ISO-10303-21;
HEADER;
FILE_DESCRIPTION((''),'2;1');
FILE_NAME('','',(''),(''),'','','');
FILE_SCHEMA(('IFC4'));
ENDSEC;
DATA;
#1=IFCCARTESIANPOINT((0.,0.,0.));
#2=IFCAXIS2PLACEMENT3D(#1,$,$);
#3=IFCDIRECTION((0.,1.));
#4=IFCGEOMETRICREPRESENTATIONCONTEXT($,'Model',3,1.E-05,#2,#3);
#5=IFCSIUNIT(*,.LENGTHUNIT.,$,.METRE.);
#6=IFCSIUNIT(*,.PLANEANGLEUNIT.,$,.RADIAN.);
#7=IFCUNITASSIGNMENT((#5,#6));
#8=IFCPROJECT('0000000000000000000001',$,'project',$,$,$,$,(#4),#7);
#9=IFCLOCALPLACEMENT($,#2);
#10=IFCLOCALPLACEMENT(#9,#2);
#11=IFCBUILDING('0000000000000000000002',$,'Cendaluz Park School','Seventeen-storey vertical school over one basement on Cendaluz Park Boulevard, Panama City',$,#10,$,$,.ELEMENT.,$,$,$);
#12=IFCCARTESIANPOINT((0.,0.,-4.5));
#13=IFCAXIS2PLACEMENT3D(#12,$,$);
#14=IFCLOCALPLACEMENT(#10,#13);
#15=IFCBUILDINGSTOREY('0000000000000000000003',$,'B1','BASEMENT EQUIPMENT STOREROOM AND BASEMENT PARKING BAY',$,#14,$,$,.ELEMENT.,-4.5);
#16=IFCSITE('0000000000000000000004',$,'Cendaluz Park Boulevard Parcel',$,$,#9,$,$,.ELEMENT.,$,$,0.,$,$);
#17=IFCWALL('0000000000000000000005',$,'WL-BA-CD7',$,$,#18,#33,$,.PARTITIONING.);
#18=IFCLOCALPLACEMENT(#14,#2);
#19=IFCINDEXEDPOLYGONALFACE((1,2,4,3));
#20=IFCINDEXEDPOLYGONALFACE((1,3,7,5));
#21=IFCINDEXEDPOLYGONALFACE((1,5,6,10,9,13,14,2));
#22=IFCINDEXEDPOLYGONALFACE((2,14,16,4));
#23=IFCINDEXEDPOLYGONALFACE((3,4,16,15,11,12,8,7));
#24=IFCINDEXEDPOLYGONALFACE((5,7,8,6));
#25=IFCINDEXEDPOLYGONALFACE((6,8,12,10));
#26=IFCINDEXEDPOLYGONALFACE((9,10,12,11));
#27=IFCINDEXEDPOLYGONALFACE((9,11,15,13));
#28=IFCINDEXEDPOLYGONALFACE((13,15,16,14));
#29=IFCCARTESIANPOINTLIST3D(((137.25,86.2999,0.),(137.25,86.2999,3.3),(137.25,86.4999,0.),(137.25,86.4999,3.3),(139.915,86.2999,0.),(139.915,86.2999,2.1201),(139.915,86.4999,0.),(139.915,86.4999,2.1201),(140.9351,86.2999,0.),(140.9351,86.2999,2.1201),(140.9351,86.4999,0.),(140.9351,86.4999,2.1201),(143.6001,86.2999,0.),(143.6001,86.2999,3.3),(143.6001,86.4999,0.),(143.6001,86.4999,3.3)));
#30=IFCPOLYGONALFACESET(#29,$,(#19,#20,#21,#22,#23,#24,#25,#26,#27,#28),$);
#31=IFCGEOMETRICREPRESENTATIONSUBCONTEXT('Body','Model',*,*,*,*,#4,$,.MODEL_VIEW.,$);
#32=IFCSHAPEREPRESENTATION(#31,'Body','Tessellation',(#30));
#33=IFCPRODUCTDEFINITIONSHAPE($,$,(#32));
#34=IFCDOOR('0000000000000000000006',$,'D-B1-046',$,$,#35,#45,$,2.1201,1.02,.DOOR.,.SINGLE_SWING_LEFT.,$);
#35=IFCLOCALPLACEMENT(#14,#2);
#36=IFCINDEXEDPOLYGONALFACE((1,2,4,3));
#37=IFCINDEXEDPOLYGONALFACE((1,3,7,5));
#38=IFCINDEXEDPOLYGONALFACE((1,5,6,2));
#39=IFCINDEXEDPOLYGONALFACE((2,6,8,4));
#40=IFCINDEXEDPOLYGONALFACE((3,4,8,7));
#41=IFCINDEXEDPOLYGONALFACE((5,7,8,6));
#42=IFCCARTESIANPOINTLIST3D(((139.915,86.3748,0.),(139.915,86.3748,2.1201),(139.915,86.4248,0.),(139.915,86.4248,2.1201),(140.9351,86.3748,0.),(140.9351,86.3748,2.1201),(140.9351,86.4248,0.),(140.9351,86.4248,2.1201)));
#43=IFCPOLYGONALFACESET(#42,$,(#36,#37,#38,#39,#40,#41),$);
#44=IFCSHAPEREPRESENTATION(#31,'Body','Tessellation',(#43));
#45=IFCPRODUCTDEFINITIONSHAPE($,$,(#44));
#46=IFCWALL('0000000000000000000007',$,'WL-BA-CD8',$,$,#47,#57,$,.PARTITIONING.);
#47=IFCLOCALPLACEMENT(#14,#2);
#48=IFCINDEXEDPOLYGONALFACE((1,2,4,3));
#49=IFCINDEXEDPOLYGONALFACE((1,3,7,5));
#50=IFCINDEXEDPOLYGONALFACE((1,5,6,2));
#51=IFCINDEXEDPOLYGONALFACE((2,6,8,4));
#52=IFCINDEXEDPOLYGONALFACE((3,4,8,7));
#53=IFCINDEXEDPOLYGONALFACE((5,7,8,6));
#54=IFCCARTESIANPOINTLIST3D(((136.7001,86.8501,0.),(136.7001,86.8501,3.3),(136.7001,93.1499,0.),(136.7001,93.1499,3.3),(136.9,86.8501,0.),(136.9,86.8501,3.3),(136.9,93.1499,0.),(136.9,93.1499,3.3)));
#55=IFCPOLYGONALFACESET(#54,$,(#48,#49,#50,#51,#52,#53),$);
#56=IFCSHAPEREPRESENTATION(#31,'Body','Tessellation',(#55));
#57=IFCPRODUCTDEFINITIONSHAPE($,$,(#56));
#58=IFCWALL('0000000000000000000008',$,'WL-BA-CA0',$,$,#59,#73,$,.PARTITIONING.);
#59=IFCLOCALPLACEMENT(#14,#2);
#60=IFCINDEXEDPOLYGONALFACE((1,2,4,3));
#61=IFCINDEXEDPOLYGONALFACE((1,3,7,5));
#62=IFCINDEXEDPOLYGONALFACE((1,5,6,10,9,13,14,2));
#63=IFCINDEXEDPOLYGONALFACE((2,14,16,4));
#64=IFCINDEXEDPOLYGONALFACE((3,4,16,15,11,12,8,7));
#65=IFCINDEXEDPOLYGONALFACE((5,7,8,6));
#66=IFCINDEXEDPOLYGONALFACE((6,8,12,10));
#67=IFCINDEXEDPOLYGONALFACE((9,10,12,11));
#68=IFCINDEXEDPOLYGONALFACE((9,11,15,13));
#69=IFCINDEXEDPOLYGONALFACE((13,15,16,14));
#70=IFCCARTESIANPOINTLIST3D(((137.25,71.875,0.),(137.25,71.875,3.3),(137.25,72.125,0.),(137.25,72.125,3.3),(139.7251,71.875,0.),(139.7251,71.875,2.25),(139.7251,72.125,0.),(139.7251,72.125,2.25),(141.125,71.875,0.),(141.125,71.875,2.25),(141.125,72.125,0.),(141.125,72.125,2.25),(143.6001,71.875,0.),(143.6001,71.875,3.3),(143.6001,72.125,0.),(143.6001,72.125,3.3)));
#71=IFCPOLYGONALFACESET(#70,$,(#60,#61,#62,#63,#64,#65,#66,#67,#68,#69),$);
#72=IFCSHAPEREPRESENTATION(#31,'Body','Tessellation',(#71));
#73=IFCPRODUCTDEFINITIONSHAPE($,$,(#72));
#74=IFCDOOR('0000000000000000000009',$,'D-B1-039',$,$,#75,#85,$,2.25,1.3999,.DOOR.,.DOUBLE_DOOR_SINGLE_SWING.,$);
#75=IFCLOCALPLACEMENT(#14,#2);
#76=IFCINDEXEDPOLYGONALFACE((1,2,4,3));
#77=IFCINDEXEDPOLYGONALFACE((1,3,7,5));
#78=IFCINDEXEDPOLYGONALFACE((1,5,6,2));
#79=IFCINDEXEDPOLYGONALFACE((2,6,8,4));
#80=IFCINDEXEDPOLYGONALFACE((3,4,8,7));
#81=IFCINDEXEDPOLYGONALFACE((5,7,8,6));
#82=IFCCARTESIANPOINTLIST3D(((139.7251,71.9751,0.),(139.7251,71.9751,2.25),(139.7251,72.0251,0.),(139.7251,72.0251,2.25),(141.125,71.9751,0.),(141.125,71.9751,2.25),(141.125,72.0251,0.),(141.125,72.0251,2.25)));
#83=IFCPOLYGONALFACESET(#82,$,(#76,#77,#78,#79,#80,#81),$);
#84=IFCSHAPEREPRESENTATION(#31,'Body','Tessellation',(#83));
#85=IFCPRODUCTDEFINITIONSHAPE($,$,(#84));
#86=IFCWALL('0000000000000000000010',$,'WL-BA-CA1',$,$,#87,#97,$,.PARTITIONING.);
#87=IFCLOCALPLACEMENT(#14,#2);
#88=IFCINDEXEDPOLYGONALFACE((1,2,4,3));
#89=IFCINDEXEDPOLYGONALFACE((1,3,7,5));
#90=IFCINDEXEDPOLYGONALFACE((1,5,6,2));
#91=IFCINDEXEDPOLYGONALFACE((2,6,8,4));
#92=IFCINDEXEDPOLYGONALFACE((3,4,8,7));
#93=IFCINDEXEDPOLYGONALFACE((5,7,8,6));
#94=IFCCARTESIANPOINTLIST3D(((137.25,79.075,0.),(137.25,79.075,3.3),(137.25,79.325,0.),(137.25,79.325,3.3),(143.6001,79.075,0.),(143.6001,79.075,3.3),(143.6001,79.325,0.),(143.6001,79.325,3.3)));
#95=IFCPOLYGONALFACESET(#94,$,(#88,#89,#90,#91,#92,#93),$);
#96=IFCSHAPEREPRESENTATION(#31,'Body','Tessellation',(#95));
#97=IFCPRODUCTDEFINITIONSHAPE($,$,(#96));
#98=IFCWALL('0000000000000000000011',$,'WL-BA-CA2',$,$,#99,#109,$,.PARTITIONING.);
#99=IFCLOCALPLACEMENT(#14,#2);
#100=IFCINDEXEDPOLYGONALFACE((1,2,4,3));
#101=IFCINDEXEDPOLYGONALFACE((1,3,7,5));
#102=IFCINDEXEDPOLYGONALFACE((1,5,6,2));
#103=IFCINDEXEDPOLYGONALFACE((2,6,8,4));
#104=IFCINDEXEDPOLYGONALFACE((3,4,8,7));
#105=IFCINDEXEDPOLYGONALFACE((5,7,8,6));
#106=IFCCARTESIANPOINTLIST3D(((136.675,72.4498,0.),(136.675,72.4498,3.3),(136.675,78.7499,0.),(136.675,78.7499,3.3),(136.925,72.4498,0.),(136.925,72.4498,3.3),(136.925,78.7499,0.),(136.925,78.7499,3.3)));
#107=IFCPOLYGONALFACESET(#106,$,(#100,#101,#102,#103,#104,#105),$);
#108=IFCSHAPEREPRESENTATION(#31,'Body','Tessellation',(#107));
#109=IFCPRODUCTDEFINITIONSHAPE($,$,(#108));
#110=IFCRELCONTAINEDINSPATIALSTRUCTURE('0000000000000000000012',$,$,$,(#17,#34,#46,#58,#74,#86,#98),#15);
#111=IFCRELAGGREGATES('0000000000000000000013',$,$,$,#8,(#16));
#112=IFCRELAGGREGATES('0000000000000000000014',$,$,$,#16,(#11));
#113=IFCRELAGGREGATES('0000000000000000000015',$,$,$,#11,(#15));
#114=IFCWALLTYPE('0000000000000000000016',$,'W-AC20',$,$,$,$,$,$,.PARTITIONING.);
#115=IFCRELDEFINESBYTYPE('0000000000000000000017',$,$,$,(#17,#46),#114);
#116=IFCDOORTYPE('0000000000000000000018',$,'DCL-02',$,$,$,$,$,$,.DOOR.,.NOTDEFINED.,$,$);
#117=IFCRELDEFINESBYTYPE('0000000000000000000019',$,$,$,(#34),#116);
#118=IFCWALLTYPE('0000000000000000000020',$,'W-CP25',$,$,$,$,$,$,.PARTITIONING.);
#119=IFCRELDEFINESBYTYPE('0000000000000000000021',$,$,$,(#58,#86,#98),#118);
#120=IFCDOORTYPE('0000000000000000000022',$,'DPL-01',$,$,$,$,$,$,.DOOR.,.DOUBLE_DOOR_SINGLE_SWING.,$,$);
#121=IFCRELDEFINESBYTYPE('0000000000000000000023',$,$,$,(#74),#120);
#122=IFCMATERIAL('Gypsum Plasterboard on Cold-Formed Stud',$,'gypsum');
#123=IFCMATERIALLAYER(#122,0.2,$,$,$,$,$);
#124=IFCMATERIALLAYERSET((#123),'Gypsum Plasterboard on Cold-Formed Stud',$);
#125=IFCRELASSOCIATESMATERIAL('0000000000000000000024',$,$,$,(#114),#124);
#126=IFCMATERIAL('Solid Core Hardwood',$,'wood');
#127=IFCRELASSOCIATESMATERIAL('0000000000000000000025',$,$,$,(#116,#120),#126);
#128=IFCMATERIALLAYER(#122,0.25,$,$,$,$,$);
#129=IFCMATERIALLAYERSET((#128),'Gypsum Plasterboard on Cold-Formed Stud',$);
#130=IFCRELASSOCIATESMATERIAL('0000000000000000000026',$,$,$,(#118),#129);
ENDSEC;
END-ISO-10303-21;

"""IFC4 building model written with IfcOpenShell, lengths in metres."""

from ifc_helpers import new_model, si_unit, direction, frame, frame_2d, origin, place, context, subcontext, project, spatial, rectangle, extrude, material, layer, layer_set, type_object, element, fill, save


model = new_model("IFC4")

# Units and contexts
model_context = context("Model", 3, precision=1e-05, world=origin(), true_north=direction((0.0, 1.0)))
body_context = subcontext(model_context, "Body", "Model", "MODEL_VIEW")
ifc_project = project(units=[si_unit("LENGTHUNIT", "METRE"), si_unit("PLANEANGLEUNIT", "RADIAN")], contexts=[model_context])

# Site, building, storey
site_placement = place(None, origin())
site = spatial("IfcSite", under=ifc_project, at=site_placement, Name="Cendaluz Park Boulevard Parcel", CompositionType="ELEMENT", RefElevation=0.0)
building_placement = place(site_placement, origin())
building = spatial("IfcBuilding", under=site, at=building_placement, Name="Cendaluz Park School", Description="Seventeen-storey vertical school over one basement on Cendaluz Park Boulevard, Panama City", CompositionType="ELEMENT")
storey_placement = place(building_placement, frame((0.0, 0.0, -4.5)))
storey = spatial("IfcBuildingStorey", under=building, at=storey_placement, Name="B1", Description="BASEMENT EQUIPMENT STOREROOM AND BASEMENT PARKING BAY", CompositionType="ELEMENT", Elevation=-4.5)

# Wall, opening, door
ifc_material_1 = material(Name="Gypsum Plasterboard on Cold-Formed Stud", Category="gypsum")
ifc_layer_1 = layer(ifc_material_1, 0.2)
ifc_layer_set_1 = layer_set([ifc_layer_1], Name="Gypsum Plasterboard on Cold-Formed Stud")
wall_type_1 = type_object("IfcWallType", Name="W-AC20", PredefinedType="PARTITIONING", material=ifc_layer_set_1)
wall_1_placement = place(storey_placement, frame((137.25, 86.3999, 0.0), z_axis=(0.0, 0.0, 1.0), x_axis=(1.0, 0.0, 0.0)))
wall_1 = element("IfcWall", 1, at=wall_1_placement, inside=storey, type_object=wall_type_1, Name="WL-BA-CD7", PredefinedType="PARTITIONING", context=body_context, shape_type="SweptSolid", body=[
    extrude(rectangle(XDim=6.3501, YDim=0.2, at=frame_2d((3.175, 0.0))), origin(), (0.0, 0.0, 1.0), 3.3),
])
opening_1_placement = place(wall_1_placement, frame((2.665, 0.0, 0.0)))
opening_1 = element("IfcOpeningElement", 2, at=opening_1_placement, cuts=wall_1, PredefinedType="OPENING", context=body_context, shape_type="SweptSolid", body=[
    extrude(rectangle(XDim=1.02, YDim=2.1201, at=frame_2d((0.51, 1.0601))), frame((0.0, 0.1121, 0.0), z_axis=(0.0, -1.0, 0.0), x_axis=(1.0, 0.0, 0.0)), (0.0, 0.0, 1.0), 0.2239),
])
ifc_material_2 = material(Name="Solid Core Hardwood", Category="wood")
door_type_1 = type_object("IfcDoorType", Name="DCL-02", OperationType="NOTDEFINED", PredefinedType="DOOR", material=ifc_material_2)
door_1_placement = place(opening_1_placement, origin())
door_1 = element("IfcDoor", 3, at=door_1_placement, inside=storey, type_object=door_type_1, Name="D-B1-046", OperationType="SINGLE_SWING_LEFT", OverallHeight=2.1201, OverallWidth=1.02, PredefinedType="DOOR", context=body_context, shape_type="SweptSolid", body=[
    extrude(rectangle(XDim=1.02, YDim=2.1201, at=frame_2d((0.51, 1.0601))), frame((0.0, 0.0249, 0.0), z_axis=(0.0, -1.0, 0.0), x_axis=(1.0, 0.0, 0.0)), (0.0, 0.0, 1.0), 0.05),
])
fill(opening_1, door_1)

# Wall
wall_2_placement = place(storey_placement, frame((136.8, 86.8501, 0.0), z_axis=(0.0, 0.0, 1.0), x_axis=(0.0, 1.0, 0.0)))
element("IfcWall", 4, at=wall_2_placement, inside=storey, type_object=wall_type_1, Name="WL-BA-CD8", PredefinedType="PARTITIONING", context=body_context, shape_type="SweptSolid", body=[
    extrude(rectangle(XDim=6.2998, YDim=0.2, at=frame_2d((3.1499, 0.0))), origin(), (0.0, 0.0, 1.0), 3.3),
])

# Wall, opening, door
ifc_layer_2 = layer(ifc_material_1, 0.25)
ifc_layer_set_2 = layer_set([ifc_layer_2], Name="Gypsum Plasterboard on Cold-Formed Stud")
wall_type_2 = type_object("IfcWallType", Name="W-CP25", PredefinedType="PARTITIONING", material=ifc_layer_set_2)
wall_3_placement = place(storey_placement, frame((137.25, 72.0, 0.0), z_axis=(0.0, 0.0, 1.0), x_axis=(1.0, 0.0, 0.0)))
wall_3 = element("IfcWall", 5, at=wall_3_placement, inside=storey, type_object=wall_type_2, Name="WL-BA-CA0", PredefinedType="PARTITIONING", context=body_context, shape_type="SweptSolid", body=[
    extrude(rectangle(XDim=6.3501, YDim=0.25, at=frame_2d((3.175, 0.0))), origin(), (0.0, 0.0, 1.0), 3.3),
])
opening_2_placement = place(wall_3_placement, frame((2.4751, 0.0, 0.0)))
opening_2 = element("IfcOpeningElement", 6, at=opening_2_placement, cuts=wall_3, PredefinedType="OPENING", context=body_context, shape_type="SweptSolid", body=[
    extrude(rectangle(XDim=1.3999, YDim=2.25, at=frame_2d((0.7, 1.125))), frame((0.0, 0.137, 0.0), z_axis=(0.0, -1.0, 0.0), x_axis=(1.0, 0.0, 0.0)), (0.0, 0.0, 1.0), 0.2739),
])
door_type_2 = type_object("IfcDoorType", Name="DPL-01", OperationType="DOUBLE_DOOR_SINGLE_SWING", PredefinedType="DOOR", material=ifc_material_2)
door_2_placement = place(opening_2_placement, frame((1.3999, 0.0, 0.0), z_axis=(0.0, 0.0, 1.0), x_axis=(-1.0, 0.0, 0.0)))
door_2 = element("IfcDoor", 7, at=door_2_placement, inside=storey, type_object=door_type_2, Name="D-B1-039", OperationType="DOUBLE_DOOR_SINGLE_SWING", OverallHeight=2.25, OverallWidth=1.3999, PredefinedType="DOOR", context=body_context, shape_type="SweptSolid", body=[
    extrude(rectangle(XDim=1.3999, YDim=2.25, at=frame_2d((0.7, 1.125))), frame((0.0, 0.0249, 0.0), z_axis=(0.0, -1.0, 0.0), x_axis=(1.0, 0.0, 0.0)), (0.0, 0.0, 1.0), 0.05),
])
fill(opening_2, door_2)

# Walls
wall_4_placement = place(storey_placement, frame((137.25, 79.2, 0.0), z_axis=(0.0, 0.0, 1.0), x_axis=(1.0, 0.0, 0.0)))
element("IfcWall", 8, at=wall_4_placement, inside=storey, type_object=wall_type_2, Name="WL-BA-CA1", PredefinedType="PARTITIONING", context=body_context, shape_type="SweptSolid", body=[
    extrude(rectangle(XDim=6.3501, YDim=0.25, at=frame_2d((3.175, 0.0))), origin(), (0.0, 0.0, 1.0), 3.3),
])
wall_5_placement = place(storey_placement, frame((136.8, 72.45, 0.0), z_axis=(0.0, 0.0, 1.0), x_axis=(0.0, 1.0, 0.0)))
element("IfcWall", 9, at=wall_5_placement, inside=storey, type_object=wall_type_2, Name="WL-BA-CA2", PredefinedType="PARTITIONING", context=body_context, shape_type="SweptSolid", body=[
    extrude(rectangle(XDim=6.3, YDim=0.25, at=frame_2d((3.1499, 0.0))), origin(), (0.0, 0.0, 1.0), 3.3),
])

save(model, "model.ifc")
